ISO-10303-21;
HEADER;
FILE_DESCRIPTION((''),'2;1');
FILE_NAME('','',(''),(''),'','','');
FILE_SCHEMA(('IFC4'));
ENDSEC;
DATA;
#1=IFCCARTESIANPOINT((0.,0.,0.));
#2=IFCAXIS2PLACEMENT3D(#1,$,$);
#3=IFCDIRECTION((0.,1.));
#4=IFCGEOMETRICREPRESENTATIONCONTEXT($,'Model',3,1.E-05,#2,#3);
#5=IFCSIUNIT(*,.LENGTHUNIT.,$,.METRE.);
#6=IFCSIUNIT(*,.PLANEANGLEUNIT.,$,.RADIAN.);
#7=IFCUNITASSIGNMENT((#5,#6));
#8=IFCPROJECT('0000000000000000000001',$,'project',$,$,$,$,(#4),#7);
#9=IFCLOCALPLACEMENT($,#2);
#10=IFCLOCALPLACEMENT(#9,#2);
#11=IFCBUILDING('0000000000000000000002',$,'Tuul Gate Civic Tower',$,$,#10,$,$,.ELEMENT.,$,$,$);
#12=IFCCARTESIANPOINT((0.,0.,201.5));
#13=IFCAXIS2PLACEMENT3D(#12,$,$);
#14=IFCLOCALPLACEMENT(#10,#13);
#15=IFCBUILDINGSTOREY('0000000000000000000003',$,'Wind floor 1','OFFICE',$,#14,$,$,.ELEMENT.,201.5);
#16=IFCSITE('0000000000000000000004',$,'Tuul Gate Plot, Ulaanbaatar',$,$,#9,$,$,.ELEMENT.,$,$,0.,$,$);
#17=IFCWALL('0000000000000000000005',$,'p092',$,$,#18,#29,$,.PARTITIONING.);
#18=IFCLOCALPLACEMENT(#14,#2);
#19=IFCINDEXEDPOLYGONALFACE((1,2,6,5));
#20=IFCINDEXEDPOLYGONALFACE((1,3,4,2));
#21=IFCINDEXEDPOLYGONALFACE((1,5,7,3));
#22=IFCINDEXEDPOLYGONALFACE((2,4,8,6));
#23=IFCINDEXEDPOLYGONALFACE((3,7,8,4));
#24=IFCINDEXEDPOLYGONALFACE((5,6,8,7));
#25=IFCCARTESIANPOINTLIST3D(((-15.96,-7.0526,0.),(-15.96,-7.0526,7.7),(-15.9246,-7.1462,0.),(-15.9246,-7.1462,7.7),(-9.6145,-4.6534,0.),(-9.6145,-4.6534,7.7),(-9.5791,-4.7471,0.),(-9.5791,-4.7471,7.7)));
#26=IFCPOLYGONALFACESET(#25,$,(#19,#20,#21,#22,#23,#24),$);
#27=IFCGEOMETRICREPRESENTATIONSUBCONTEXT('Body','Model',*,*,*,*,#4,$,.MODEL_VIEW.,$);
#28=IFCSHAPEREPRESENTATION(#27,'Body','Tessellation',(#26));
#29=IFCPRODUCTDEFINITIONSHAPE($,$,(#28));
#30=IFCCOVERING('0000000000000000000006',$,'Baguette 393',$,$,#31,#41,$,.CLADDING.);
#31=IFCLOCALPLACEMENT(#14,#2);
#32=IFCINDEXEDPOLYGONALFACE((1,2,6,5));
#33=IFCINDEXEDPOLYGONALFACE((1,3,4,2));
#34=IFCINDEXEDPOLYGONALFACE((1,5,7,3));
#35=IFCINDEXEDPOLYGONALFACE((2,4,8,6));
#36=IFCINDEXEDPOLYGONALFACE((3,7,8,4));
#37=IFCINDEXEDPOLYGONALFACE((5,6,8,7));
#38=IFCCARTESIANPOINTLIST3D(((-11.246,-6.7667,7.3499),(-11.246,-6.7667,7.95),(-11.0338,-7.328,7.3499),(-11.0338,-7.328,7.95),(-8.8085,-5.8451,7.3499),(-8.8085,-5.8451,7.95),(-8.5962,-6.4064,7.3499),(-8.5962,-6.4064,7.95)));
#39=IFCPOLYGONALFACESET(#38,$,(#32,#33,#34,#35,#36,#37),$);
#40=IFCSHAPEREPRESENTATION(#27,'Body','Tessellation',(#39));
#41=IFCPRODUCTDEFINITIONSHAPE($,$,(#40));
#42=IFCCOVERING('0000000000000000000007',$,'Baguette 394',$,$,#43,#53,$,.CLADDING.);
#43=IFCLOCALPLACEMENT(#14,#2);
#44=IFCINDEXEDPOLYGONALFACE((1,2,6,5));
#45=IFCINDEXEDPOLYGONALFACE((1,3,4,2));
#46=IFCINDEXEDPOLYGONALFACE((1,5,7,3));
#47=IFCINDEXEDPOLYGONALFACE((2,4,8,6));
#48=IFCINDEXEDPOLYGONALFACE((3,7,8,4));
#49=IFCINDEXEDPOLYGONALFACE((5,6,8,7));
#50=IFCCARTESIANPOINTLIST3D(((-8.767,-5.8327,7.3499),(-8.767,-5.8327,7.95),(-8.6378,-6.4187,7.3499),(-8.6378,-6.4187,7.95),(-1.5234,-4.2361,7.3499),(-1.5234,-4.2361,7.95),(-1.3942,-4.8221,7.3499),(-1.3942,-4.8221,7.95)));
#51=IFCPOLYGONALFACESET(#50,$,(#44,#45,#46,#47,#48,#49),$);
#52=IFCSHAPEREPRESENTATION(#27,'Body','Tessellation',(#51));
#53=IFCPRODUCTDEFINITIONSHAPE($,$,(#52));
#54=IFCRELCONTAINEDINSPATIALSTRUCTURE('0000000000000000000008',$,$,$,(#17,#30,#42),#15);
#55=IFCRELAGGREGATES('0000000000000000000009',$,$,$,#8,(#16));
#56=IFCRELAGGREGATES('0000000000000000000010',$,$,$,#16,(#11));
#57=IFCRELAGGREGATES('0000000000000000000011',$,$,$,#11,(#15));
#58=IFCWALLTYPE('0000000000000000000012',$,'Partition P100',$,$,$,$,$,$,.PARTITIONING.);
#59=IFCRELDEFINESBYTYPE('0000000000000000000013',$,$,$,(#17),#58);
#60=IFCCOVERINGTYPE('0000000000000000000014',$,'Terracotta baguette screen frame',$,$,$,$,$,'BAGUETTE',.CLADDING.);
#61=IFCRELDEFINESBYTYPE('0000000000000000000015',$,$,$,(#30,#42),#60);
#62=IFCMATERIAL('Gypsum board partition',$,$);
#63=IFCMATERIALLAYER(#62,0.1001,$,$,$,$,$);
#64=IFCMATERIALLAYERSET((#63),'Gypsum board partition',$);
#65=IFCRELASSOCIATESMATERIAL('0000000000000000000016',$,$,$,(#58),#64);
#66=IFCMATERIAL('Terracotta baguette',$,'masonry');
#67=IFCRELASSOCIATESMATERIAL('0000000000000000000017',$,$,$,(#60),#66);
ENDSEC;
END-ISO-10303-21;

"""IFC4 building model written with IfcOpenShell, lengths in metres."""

from ifc_helpers import new_model, si_unit, direction, frame, frame_2d, origin, origin_2d, place, context, subcontext, project, spatial, rectangle, extrude, material, layer, layer_set, material_profile, profile_set, type_object, element, save


model = new_model("IFC4")

# Units and contexts
model_context = context("Model", 3, precision=1e-05, world=origin(), true_north=direction((0.0, 1.0)))
body_context = subcontext(model_context, "Body", "Model", "MODEL_VIEW")
ifc_project = project(units=[si_unit("LENGTHUNIT", "METRE"), si_unit("PLANEANGLEUNIT", "RADIAN")], contexts=[model_context])

# Site, building, storey
site_placement = place(None, origin())
site = spatial("IfcSite", under=ifc_project, at=site_placement, Name="Tuul Gate Plot, Ulaanbaatar", CompositionType="ELEMENT", RefElevation=0.0)
building_placement = place(site_placement, origin())
building = spatial("IfcBuilding", under=site, at=building_placement, Name="Tuul Gate Civic Tower", CompositionType="ELEMENT")
storey_placement = place(building_placement, frame((0.0, 0.0, 201.5)))
storey = spatial("IfcBuildingStorey", under=building, at=storey_placement, Name="Wind floor 1", Description="OFFICE", CompositionType="ELEMENT", Elevation=201.5)

# Wall
ifc_material_1 = material(Name="Gypsum board partition")
ifc_layer_1 = layer(ifc_material_1, 0.1001)
ifc_layer_set_1 = layer_set([ifc_layer_1], Name="Gypsum board partition")
wall_type_1 = type_object("IfcWallType", Name="Partition P100", PredefinedType="PARTITIONING", material=ifc_layer_set_1)
wall_1_placement = place(storey_placement, frame((-9.5967, -4.7002, 0.0), z_axis=(0.0, 0.0, 1.0), x_axis=(-0.935375, -0.353658, 0.0)))
element("IfcWall", 1, at=wall_1_placement, inside=storey, type_object=wall_type_1, Name="p092", PredefinedType="PARTITIONING", context=body_context, shape_type="SweptSolid", body=[
    extrude(rectangle(XDim=6.7839, YDim=0.1001, at=frame_2d((3.3921, 0.0))), origin(), (0.0, 0.0, 1.0), 7.7),
])

# Coverings
ifc_material_2 = material(Name="Terracotta baguette", Category="masonry")
ifc_material_profile_1 = material_profile(ifc_material_2, rectangle(XDim=0.6001, YDim=0.6001, at=origin_2d()), Name="Terracotta baguette screen frame")
ifc_profile_set_1 = profile_set([ifc_material_profile_1], Name="Terracotta baguette")
covering_type = type_object("IfcCoveringType", Name="Terracotta baguette screen frame", ElementType="BAGUETTE", PredefinedType="CLADDING", material=ifc_profile_set_1)
covering_1_placement = place(storey_placement, frame((-11.1399, -7.0474, 7.6499), z_axis=(0.935371, 0.353668, 0.0), x_axis=(-0.353668, 0.935371, 0.0)))
element("IfcCovering", 2, at=covering_1_placement, inside=storey, type_object=covering_type, Name="Baguette 393", PredefinedType="CLADDING", context=body_context, shape_type="SweptSolid", body=[
    extrude(rectangle(XDim=0.6001, YDim=0.6001, at=origin_2d()), origin(), (0.0, 0.0, 1.0), 2.606),
])
covering_2_placement = place(storey_placement, frame((-8.7024, -6.1257, 7.6499), z_axis=(0.976557, 0.215257, 0.0), x_axis=(-0.215257, 0.976557, 0.0)))
element("IfcCovering", 3, at=covering_2_placement, inside=storey, type_object=covering_type, Name="Baguette 394", PredefinedType="CLADDING", context=body_context, shape_type="SweptSolid", body=[
    extrude(rectangle(XDim=0.6001, YDim=0.6001, at=origin_2d()), origin(), (0.0, 0.0, 1.0), 7.4175),
])

save(model, "model.ifc")
